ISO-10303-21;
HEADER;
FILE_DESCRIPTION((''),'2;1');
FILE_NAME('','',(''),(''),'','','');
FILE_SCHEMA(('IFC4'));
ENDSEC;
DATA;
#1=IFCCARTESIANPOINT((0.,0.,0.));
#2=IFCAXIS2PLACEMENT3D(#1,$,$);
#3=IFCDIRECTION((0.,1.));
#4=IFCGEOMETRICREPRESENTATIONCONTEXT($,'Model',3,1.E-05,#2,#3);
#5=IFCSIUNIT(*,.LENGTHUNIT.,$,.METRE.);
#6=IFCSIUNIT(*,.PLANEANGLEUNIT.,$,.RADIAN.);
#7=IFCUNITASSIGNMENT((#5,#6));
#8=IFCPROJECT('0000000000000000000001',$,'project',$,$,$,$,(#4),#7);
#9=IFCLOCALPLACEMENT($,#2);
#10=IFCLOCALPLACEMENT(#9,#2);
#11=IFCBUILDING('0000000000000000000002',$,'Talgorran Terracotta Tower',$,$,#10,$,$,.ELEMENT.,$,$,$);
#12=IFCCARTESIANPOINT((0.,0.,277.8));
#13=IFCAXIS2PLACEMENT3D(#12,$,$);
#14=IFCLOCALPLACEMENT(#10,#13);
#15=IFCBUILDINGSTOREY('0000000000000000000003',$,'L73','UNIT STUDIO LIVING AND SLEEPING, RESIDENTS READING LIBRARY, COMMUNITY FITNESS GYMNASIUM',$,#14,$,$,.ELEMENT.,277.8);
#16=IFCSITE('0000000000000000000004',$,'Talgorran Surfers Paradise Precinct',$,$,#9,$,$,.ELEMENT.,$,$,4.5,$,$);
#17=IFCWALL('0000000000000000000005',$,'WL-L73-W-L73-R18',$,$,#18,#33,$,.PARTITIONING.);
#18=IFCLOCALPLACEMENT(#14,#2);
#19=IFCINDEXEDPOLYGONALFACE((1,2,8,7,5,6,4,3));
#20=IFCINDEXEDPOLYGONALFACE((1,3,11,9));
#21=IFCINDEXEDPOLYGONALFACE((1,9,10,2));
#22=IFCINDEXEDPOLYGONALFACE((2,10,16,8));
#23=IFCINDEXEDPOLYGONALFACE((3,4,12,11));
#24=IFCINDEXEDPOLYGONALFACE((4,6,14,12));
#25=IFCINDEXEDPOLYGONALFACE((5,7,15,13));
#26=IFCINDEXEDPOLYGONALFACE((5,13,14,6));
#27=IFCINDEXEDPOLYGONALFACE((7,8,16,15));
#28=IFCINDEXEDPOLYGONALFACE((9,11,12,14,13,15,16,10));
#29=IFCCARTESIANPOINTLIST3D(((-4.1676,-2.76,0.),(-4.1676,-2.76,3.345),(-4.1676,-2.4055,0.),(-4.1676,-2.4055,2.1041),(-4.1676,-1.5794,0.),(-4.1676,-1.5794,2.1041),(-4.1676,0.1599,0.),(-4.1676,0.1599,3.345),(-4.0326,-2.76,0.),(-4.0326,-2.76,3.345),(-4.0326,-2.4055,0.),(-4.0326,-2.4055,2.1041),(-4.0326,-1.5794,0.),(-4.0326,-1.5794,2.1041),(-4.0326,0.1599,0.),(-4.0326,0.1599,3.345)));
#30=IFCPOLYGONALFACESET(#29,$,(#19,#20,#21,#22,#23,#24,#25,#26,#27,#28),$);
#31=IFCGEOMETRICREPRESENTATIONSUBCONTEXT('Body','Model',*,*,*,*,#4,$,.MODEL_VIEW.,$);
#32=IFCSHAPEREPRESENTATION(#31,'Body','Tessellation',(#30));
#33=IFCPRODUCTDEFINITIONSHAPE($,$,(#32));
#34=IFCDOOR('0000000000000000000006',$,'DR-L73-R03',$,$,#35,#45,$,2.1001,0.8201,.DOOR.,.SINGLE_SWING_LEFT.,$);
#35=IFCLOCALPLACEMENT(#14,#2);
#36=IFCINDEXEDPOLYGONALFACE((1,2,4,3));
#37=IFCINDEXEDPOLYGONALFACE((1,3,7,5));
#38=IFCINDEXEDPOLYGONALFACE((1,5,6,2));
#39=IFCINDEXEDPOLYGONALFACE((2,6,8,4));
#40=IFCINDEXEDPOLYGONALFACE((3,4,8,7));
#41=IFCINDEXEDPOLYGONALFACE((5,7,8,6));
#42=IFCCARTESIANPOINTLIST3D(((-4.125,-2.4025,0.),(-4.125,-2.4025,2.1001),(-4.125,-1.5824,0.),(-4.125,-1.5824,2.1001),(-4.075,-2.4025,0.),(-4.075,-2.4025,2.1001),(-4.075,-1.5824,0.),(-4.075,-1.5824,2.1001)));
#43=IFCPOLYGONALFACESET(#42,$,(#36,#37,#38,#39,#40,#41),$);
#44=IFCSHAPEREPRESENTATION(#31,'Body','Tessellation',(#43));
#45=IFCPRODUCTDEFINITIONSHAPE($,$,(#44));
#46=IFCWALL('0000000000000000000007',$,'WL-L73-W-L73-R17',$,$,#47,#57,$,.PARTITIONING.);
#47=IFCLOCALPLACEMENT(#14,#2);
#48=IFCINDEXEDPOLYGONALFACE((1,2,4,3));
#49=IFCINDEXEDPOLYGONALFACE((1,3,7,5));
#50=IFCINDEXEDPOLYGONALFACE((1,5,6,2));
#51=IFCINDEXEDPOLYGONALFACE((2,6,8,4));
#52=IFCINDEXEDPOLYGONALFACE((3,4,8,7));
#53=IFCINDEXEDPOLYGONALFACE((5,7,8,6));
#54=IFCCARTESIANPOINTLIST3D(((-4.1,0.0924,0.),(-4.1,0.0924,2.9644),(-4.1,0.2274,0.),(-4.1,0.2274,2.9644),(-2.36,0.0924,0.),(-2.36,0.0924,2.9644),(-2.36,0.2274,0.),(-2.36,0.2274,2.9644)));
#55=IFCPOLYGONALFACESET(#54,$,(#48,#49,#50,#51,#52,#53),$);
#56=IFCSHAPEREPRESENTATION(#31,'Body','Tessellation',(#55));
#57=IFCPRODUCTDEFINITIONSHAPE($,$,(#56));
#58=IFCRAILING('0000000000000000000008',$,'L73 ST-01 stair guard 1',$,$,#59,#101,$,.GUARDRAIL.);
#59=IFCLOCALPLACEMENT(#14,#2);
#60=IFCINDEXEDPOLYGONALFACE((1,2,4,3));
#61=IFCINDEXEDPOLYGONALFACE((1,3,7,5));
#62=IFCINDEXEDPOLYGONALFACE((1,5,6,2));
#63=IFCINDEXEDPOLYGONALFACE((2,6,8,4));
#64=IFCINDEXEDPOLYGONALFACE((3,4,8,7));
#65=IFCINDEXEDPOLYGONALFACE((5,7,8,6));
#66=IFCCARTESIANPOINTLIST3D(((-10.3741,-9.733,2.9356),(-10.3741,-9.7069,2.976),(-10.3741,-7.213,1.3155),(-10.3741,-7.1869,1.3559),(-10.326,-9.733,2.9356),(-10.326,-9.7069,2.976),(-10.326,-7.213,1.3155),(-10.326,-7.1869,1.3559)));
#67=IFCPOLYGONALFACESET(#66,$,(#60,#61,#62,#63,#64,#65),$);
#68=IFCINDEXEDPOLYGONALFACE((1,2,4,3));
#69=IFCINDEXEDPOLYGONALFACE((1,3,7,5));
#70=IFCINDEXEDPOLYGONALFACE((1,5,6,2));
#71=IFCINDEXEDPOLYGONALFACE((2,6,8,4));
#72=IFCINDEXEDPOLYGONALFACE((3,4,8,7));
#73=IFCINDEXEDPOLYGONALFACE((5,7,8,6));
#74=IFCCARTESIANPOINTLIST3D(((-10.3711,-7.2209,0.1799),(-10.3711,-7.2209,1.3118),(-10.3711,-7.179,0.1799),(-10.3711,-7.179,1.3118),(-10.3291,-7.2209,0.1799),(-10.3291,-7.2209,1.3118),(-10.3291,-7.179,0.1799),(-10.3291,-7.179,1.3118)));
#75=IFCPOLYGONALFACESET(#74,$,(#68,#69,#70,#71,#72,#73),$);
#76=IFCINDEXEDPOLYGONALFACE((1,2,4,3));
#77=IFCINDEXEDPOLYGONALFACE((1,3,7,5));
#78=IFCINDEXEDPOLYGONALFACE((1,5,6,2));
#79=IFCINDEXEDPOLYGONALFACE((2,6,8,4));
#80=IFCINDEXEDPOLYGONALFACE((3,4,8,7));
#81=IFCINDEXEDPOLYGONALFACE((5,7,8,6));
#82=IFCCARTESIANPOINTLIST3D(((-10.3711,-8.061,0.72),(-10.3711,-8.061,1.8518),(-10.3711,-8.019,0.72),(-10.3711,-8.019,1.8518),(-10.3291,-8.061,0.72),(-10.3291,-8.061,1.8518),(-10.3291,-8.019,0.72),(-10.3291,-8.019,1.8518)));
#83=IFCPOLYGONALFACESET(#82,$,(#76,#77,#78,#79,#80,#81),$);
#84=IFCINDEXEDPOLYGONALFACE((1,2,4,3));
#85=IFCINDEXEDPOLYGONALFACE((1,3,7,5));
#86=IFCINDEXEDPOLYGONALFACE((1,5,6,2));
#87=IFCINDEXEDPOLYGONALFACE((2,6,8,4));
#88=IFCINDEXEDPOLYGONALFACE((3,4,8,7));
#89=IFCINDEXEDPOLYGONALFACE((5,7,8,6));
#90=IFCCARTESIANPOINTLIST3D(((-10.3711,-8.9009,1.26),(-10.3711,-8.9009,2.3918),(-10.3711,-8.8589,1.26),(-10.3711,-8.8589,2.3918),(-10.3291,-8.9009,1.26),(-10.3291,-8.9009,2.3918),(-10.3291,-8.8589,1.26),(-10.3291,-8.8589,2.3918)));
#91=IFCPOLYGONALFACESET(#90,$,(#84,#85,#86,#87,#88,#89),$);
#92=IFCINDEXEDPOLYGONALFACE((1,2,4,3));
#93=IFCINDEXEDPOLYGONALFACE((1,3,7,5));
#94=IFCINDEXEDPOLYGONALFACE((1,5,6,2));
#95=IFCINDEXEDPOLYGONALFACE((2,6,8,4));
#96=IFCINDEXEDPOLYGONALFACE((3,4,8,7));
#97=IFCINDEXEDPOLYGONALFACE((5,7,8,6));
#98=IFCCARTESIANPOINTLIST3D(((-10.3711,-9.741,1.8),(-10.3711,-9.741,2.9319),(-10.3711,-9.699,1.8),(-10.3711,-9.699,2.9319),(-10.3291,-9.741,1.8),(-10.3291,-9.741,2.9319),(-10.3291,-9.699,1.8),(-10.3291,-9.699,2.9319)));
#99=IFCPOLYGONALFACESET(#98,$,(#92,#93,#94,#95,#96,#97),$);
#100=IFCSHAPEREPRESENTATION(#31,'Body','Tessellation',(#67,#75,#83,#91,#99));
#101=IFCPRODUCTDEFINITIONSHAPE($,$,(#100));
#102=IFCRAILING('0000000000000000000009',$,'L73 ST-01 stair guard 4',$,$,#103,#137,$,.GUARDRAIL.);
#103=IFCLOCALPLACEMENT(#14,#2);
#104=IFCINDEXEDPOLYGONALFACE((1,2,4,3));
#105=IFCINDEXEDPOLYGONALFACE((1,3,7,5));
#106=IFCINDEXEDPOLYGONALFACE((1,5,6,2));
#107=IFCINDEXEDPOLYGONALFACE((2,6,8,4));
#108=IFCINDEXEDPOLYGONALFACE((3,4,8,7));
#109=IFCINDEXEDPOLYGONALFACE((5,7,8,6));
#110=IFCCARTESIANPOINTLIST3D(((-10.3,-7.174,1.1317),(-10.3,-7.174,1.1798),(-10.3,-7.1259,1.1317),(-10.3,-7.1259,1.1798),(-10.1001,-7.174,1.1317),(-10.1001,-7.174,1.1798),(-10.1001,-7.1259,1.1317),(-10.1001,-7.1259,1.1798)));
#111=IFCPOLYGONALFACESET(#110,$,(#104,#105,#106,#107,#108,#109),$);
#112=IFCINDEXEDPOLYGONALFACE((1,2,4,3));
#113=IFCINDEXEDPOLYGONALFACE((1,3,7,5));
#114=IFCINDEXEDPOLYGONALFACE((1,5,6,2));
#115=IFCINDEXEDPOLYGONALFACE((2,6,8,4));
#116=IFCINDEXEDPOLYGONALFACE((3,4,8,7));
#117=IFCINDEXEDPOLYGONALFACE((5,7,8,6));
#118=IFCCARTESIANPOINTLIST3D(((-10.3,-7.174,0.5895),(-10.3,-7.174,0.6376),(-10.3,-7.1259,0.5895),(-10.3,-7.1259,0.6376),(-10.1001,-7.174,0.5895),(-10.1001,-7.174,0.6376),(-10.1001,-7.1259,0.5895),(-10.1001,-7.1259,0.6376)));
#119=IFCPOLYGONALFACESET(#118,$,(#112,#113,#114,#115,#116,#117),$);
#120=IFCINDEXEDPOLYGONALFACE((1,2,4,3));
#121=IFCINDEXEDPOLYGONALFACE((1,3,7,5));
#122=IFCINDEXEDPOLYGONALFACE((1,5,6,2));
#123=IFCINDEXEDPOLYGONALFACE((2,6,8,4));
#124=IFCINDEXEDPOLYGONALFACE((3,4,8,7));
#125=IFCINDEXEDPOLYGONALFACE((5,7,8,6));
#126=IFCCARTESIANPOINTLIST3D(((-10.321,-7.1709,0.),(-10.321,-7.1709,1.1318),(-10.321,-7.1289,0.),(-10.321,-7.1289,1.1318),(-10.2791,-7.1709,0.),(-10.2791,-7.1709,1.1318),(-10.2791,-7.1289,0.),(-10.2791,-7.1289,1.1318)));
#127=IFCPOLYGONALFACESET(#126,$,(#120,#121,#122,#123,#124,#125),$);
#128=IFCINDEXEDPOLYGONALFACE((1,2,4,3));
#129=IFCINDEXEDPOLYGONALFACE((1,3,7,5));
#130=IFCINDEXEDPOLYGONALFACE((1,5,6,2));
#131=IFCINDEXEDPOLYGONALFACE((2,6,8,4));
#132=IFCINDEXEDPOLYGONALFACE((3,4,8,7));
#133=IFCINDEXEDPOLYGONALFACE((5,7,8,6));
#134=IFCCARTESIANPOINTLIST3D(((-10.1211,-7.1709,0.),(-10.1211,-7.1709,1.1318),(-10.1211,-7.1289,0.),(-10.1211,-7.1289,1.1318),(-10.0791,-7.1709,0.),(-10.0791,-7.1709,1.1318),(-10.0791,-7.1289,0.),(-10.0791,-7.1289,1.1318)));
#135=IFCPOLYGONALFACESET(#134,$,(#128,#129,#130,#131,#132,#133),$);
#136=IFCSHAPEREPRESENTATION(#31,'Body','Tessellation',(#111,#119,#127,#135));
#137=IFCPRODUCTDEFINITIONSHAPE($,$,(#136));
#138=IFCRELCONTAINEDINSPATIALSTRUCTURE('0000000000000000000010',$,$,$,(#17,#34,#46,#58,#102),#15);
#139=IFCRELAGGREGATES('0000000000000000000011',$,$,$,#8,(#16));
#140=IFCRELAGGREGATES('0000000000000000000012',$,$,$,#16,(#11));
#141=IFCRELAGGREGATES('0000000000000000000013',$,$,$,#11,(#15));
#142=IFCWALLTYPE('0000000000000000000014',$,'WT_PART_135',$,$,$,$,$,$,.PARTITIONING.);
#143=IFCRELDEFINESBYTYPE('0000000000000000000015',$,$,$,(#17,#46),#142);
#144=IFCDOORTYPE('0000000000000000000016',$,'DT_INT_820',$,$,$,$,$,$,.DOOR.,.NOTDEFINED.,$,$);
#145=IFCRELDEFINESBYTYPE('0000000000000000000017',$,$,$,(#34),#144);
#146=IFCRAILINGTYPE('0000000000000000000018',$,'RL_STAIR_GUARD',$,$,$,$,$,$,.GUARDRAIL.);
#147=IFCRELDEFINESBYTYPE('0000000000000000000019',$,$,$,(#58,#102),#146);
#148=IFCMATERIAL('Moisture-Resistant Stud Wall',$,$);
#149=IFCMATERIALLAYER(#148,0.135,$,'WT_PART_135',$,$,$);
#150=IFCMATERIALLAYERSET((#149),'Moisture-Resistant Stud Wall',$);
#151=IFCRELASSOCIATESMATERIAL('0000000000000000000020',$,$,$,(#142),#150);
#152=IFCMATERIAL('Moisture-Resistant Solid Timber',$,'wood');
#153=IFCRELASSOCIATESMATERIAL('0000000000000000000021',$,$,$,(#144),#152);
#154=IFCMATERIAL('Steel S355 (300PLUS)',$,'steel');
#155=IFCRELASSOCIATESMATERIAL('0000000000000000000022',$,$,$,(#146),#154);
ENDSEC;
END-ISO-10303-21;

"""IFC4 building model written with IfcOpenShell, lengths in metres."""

from ifc_helpers import new_model, si_unit, direction, frame, frame_2d, origin, origin_2d, place, context, subcontext, project, spatial, rectangle, extrude, material, layer, layer_set, type_object, element, fill, save


model = new_model("IFC4")

# Units and contexts
model_context = context("Model", 3, precision=1e-05, world=origin(), true_north=direction((0.0, 1.0)))
body_context = subcontext(model_context, "Body", "Model", "MODEL_VIEW")
ifc_project = project(units=[si_unit("LENGTHUNIT", "METRE"), si_unit("PLANEANGLEUNIT", "RADIAN")], contexts=[model_context])

# Site, building, storey
site_placement = place(None, origin())
site = spatial("IfcSite", under=ifc_project, at=site_placement, Name="Talgorran Surfers Paradise Precinct", CompositionType="ELEMENT", RefElevation=4.5)
building_placement = place(site_placement, origin())
building = spatial("IfcBuilding", under=site, at=building_placement, Name="Talgorran Terracotta Tower", CompositionType="ELEMENT")
storey_placement = place(building_placement, frame((0.0, 0.0, 277.8)))
storey = spatial("IfcBuildingStorey", under=building, at=storey_placement, Name="L73", Description="UNIT STUDIO LIVING AND SLEEPING, RESIDENTS READING LIBRARY, COMMUNITY FITNESS GYMNASIUM", CompositionType="ELEMENT", Elevation=277.8)

# Shared definitions
ifc_material_1 = material(Name="Steel S355 (300PLUS)", Category="steel")

# Wall, opening, door
ifc_material_2 = material(Name="Moisture-Resistant Stud Wall")
ifc_layer_1 = layer(ifc_material_2, 0.135, Name="WT_PART_135")
ifc_layer_set_1 = layer_set([ifc_layer_1], Name="Moisture-Resistant Stud Wall")
wall_type_1 = type_object("IfcWallType", Name="WT_PART_135", PredefinedType="PARTITIONING", material=ifc_layer_set_1)
wall_1_placement = place(storey_placement, frame((-4.1001, -2.76, 0.0), z_axis=(0.0, 0.0, 1.0), x_axis=(0.0, 1.0, 0.0)))
wall_1 = element("IfcWall", 1, at=wall_1_placement, inside=storey, type_object=wall_type_1, Name="WL-L73-W-L73-R18", PredefinedType="PARTITIONING", context=body_context, shape_type="SweptSolid", body=[
    extrude(rectangle(XDim=2.9199, YDim=0.135, at=frame_2d((1.46, 0.0))), origin(), (0.0, 0.0, 1.0), 3.345),
])
opening_1_placement = place(wall_1_placement, frame((0.3574, 0.0, 0.0)))
opening_1 = element("IfcOpeningElement", 2, at=opening_1_placement, cuts=wall_1, PredefinedType="OPENING", context=body_context, shape_type="SweptSolid", body=[
    extrude(rectangle(XDim=0.8261, YDim=2.1041, at=frame_2d((0.4102, 1.052))), frame((0.0, 0.0776, 0.0), z_axis=(0.0, -1.0, 0.0), x_axis=(1.0, 0.0, 0.0)), (0.0, 0.0, 1.0), 0.155),
])
ifc_material_3 = material(Name="Moisture-Resistant Solid Timber", Category="wood")
door_type_1 = type_object("IfcDoorType", Name="DT_INT_820", OperationType="NOTDEFINED", PredefinedType="DOOR", material=ifc_material_3)
door_1_placement = place(opening_1_placement, origin())
door_1 = element("IfcDoor", 3, at=door_1_placement, inside=storey, type_object=door_type_1, Name="DR-L73-R03", OperationType="SINGLE_SWING_LEFT", OverallHeight=2.1001, OverallWidth=0.8201, PredefinedType="DOOR", context=body_context, shape_type="SweptSolid", body=[
    extrude(rectangle(XDim=0.8201, YDim=2.1001, at=frame_2d((0.4102, 1.05))), frame((0.0, 0.0249, 0.0), z_axis=(0.0, -1.0, 0.0), x_axis=(1.0, 0.0, 0.0)), (0.0, 0.0, 1.0), 0.05),
])
fill(opening_1, door_1)

# Wall
wall_2_placement = place(storey_placement, frame((-4.1001, 0.1599, 0.0), z_axis=(0.0, 0.0, 1.0), x_axis=(1.0, 0.0, 0.0)))
element("IfcWall", 4, at=wall_2_placement, inside=storey, type_object=wall_type_1, Name="WL-L73-W-L73-R17", PredefinedType="PARTITIONING", context=body_context, shape_type="SweptSolid", body=[
    extrude(rectangle(XDim=1.74, YDim=0.135, at=frame_2d((0.8701, 0.0))), origin(), (0.0, 0.0, 1.0), 2.9644),
])

# Railings
railing_type = type_object("IfcRailingType", Name="RL_STAIR_GUARD", PredefinedType="GUARDRAIL", material=ifc_material_1)
railing_1_placement = place(storey_placement, frame((-10.3501, -7.2, 0.1799)))
element("IfcRailing", 5, at=railing_1_placement, inside=storey, type_object=railing_type, Name="L73 ST-01 stair guard 1", PredefinedType="GUARDRAIL", context=body_context, shape_type="SweptSolid", body=[
    extrude(rectangle(XDim=0.0481, YDim=0.0481, at=origin_2d()), frame((0.0, 0.0, 1.1558), z_axis=(0.0, -0.841163, 0.540782), x_axis=(1.0, 0.0, 0.0)), (0.0, 0.0, 1.0), 2.9958),
    extrude(rectangle(XDim=0.042, YDim=0.042, at=origin_2d()), origin(), (0.0, 0.0, 1.0), 1.1318),
    extrude(rectangle(XDim=0.042, YDim=0.042, at=origin_2d()), frame((0.0, -0.8401, 0.54)), (0.0, 0.0, 1.0), 1.1318),
    extrude(rectangle(XDim=0.042, YDim=0.042, at=origin_2d()), frame((0.0, -1.6799, 1.0801)), (0.0, 0.0, 1.0), 1.1318),
    extrude(rectangle(XDim=0.042, YDim=0.042, at=origin_2d()), frame((0.0, -2.52, 1.6201)), (0.0, 0.0, 1.0), 1.1318),
])
railing_2_placement = place(storey_placement, frame((-10.3, -7.1499, 0.0)))
element("IfcRailing", 6, at=railing_2_placement, inside=storey, type_object=railing_type, Name="L73 ST-01 stair guard 4", PredefinedType="GUARDRAIL", context=body_context, shape_type="SweptSolid", body=[
    extrude(rectangle(XDim=0.0481, YDim=0.0481, at=origin_2d()), frame((0.0, 0.0, 1.1558), z_axis=(1.0, 0.0, 0.0), x_axis=(0.0, 1.0, 0.0)), (0.0, 0.0, 1.0), 0.2),
    extrude(rectangle(XDim=0.0481, YDim=0.0481, at=origin_2d()), frame((0.0, 0.0, 0.6135), z_axis=(1.0, 0.0, 0.0), x_axis=(0.0, 1.0, 0.0)), (0.0, 0.0, 1.0), 0.2),
    extrude(rectangle(XDim=0.042, YDim=0.042, at=origin_2d()), origin(), (0.0, 0.0, 1.0), 1.1318),
    extrude(rectangle(XDim=0.042, YDim=0.042, at=origin_2d()), frame((0.2, 0.0, 0.0)), (0.0, 0.0, 1.0), 1.1318),
])

save(model, "model.ifc")
